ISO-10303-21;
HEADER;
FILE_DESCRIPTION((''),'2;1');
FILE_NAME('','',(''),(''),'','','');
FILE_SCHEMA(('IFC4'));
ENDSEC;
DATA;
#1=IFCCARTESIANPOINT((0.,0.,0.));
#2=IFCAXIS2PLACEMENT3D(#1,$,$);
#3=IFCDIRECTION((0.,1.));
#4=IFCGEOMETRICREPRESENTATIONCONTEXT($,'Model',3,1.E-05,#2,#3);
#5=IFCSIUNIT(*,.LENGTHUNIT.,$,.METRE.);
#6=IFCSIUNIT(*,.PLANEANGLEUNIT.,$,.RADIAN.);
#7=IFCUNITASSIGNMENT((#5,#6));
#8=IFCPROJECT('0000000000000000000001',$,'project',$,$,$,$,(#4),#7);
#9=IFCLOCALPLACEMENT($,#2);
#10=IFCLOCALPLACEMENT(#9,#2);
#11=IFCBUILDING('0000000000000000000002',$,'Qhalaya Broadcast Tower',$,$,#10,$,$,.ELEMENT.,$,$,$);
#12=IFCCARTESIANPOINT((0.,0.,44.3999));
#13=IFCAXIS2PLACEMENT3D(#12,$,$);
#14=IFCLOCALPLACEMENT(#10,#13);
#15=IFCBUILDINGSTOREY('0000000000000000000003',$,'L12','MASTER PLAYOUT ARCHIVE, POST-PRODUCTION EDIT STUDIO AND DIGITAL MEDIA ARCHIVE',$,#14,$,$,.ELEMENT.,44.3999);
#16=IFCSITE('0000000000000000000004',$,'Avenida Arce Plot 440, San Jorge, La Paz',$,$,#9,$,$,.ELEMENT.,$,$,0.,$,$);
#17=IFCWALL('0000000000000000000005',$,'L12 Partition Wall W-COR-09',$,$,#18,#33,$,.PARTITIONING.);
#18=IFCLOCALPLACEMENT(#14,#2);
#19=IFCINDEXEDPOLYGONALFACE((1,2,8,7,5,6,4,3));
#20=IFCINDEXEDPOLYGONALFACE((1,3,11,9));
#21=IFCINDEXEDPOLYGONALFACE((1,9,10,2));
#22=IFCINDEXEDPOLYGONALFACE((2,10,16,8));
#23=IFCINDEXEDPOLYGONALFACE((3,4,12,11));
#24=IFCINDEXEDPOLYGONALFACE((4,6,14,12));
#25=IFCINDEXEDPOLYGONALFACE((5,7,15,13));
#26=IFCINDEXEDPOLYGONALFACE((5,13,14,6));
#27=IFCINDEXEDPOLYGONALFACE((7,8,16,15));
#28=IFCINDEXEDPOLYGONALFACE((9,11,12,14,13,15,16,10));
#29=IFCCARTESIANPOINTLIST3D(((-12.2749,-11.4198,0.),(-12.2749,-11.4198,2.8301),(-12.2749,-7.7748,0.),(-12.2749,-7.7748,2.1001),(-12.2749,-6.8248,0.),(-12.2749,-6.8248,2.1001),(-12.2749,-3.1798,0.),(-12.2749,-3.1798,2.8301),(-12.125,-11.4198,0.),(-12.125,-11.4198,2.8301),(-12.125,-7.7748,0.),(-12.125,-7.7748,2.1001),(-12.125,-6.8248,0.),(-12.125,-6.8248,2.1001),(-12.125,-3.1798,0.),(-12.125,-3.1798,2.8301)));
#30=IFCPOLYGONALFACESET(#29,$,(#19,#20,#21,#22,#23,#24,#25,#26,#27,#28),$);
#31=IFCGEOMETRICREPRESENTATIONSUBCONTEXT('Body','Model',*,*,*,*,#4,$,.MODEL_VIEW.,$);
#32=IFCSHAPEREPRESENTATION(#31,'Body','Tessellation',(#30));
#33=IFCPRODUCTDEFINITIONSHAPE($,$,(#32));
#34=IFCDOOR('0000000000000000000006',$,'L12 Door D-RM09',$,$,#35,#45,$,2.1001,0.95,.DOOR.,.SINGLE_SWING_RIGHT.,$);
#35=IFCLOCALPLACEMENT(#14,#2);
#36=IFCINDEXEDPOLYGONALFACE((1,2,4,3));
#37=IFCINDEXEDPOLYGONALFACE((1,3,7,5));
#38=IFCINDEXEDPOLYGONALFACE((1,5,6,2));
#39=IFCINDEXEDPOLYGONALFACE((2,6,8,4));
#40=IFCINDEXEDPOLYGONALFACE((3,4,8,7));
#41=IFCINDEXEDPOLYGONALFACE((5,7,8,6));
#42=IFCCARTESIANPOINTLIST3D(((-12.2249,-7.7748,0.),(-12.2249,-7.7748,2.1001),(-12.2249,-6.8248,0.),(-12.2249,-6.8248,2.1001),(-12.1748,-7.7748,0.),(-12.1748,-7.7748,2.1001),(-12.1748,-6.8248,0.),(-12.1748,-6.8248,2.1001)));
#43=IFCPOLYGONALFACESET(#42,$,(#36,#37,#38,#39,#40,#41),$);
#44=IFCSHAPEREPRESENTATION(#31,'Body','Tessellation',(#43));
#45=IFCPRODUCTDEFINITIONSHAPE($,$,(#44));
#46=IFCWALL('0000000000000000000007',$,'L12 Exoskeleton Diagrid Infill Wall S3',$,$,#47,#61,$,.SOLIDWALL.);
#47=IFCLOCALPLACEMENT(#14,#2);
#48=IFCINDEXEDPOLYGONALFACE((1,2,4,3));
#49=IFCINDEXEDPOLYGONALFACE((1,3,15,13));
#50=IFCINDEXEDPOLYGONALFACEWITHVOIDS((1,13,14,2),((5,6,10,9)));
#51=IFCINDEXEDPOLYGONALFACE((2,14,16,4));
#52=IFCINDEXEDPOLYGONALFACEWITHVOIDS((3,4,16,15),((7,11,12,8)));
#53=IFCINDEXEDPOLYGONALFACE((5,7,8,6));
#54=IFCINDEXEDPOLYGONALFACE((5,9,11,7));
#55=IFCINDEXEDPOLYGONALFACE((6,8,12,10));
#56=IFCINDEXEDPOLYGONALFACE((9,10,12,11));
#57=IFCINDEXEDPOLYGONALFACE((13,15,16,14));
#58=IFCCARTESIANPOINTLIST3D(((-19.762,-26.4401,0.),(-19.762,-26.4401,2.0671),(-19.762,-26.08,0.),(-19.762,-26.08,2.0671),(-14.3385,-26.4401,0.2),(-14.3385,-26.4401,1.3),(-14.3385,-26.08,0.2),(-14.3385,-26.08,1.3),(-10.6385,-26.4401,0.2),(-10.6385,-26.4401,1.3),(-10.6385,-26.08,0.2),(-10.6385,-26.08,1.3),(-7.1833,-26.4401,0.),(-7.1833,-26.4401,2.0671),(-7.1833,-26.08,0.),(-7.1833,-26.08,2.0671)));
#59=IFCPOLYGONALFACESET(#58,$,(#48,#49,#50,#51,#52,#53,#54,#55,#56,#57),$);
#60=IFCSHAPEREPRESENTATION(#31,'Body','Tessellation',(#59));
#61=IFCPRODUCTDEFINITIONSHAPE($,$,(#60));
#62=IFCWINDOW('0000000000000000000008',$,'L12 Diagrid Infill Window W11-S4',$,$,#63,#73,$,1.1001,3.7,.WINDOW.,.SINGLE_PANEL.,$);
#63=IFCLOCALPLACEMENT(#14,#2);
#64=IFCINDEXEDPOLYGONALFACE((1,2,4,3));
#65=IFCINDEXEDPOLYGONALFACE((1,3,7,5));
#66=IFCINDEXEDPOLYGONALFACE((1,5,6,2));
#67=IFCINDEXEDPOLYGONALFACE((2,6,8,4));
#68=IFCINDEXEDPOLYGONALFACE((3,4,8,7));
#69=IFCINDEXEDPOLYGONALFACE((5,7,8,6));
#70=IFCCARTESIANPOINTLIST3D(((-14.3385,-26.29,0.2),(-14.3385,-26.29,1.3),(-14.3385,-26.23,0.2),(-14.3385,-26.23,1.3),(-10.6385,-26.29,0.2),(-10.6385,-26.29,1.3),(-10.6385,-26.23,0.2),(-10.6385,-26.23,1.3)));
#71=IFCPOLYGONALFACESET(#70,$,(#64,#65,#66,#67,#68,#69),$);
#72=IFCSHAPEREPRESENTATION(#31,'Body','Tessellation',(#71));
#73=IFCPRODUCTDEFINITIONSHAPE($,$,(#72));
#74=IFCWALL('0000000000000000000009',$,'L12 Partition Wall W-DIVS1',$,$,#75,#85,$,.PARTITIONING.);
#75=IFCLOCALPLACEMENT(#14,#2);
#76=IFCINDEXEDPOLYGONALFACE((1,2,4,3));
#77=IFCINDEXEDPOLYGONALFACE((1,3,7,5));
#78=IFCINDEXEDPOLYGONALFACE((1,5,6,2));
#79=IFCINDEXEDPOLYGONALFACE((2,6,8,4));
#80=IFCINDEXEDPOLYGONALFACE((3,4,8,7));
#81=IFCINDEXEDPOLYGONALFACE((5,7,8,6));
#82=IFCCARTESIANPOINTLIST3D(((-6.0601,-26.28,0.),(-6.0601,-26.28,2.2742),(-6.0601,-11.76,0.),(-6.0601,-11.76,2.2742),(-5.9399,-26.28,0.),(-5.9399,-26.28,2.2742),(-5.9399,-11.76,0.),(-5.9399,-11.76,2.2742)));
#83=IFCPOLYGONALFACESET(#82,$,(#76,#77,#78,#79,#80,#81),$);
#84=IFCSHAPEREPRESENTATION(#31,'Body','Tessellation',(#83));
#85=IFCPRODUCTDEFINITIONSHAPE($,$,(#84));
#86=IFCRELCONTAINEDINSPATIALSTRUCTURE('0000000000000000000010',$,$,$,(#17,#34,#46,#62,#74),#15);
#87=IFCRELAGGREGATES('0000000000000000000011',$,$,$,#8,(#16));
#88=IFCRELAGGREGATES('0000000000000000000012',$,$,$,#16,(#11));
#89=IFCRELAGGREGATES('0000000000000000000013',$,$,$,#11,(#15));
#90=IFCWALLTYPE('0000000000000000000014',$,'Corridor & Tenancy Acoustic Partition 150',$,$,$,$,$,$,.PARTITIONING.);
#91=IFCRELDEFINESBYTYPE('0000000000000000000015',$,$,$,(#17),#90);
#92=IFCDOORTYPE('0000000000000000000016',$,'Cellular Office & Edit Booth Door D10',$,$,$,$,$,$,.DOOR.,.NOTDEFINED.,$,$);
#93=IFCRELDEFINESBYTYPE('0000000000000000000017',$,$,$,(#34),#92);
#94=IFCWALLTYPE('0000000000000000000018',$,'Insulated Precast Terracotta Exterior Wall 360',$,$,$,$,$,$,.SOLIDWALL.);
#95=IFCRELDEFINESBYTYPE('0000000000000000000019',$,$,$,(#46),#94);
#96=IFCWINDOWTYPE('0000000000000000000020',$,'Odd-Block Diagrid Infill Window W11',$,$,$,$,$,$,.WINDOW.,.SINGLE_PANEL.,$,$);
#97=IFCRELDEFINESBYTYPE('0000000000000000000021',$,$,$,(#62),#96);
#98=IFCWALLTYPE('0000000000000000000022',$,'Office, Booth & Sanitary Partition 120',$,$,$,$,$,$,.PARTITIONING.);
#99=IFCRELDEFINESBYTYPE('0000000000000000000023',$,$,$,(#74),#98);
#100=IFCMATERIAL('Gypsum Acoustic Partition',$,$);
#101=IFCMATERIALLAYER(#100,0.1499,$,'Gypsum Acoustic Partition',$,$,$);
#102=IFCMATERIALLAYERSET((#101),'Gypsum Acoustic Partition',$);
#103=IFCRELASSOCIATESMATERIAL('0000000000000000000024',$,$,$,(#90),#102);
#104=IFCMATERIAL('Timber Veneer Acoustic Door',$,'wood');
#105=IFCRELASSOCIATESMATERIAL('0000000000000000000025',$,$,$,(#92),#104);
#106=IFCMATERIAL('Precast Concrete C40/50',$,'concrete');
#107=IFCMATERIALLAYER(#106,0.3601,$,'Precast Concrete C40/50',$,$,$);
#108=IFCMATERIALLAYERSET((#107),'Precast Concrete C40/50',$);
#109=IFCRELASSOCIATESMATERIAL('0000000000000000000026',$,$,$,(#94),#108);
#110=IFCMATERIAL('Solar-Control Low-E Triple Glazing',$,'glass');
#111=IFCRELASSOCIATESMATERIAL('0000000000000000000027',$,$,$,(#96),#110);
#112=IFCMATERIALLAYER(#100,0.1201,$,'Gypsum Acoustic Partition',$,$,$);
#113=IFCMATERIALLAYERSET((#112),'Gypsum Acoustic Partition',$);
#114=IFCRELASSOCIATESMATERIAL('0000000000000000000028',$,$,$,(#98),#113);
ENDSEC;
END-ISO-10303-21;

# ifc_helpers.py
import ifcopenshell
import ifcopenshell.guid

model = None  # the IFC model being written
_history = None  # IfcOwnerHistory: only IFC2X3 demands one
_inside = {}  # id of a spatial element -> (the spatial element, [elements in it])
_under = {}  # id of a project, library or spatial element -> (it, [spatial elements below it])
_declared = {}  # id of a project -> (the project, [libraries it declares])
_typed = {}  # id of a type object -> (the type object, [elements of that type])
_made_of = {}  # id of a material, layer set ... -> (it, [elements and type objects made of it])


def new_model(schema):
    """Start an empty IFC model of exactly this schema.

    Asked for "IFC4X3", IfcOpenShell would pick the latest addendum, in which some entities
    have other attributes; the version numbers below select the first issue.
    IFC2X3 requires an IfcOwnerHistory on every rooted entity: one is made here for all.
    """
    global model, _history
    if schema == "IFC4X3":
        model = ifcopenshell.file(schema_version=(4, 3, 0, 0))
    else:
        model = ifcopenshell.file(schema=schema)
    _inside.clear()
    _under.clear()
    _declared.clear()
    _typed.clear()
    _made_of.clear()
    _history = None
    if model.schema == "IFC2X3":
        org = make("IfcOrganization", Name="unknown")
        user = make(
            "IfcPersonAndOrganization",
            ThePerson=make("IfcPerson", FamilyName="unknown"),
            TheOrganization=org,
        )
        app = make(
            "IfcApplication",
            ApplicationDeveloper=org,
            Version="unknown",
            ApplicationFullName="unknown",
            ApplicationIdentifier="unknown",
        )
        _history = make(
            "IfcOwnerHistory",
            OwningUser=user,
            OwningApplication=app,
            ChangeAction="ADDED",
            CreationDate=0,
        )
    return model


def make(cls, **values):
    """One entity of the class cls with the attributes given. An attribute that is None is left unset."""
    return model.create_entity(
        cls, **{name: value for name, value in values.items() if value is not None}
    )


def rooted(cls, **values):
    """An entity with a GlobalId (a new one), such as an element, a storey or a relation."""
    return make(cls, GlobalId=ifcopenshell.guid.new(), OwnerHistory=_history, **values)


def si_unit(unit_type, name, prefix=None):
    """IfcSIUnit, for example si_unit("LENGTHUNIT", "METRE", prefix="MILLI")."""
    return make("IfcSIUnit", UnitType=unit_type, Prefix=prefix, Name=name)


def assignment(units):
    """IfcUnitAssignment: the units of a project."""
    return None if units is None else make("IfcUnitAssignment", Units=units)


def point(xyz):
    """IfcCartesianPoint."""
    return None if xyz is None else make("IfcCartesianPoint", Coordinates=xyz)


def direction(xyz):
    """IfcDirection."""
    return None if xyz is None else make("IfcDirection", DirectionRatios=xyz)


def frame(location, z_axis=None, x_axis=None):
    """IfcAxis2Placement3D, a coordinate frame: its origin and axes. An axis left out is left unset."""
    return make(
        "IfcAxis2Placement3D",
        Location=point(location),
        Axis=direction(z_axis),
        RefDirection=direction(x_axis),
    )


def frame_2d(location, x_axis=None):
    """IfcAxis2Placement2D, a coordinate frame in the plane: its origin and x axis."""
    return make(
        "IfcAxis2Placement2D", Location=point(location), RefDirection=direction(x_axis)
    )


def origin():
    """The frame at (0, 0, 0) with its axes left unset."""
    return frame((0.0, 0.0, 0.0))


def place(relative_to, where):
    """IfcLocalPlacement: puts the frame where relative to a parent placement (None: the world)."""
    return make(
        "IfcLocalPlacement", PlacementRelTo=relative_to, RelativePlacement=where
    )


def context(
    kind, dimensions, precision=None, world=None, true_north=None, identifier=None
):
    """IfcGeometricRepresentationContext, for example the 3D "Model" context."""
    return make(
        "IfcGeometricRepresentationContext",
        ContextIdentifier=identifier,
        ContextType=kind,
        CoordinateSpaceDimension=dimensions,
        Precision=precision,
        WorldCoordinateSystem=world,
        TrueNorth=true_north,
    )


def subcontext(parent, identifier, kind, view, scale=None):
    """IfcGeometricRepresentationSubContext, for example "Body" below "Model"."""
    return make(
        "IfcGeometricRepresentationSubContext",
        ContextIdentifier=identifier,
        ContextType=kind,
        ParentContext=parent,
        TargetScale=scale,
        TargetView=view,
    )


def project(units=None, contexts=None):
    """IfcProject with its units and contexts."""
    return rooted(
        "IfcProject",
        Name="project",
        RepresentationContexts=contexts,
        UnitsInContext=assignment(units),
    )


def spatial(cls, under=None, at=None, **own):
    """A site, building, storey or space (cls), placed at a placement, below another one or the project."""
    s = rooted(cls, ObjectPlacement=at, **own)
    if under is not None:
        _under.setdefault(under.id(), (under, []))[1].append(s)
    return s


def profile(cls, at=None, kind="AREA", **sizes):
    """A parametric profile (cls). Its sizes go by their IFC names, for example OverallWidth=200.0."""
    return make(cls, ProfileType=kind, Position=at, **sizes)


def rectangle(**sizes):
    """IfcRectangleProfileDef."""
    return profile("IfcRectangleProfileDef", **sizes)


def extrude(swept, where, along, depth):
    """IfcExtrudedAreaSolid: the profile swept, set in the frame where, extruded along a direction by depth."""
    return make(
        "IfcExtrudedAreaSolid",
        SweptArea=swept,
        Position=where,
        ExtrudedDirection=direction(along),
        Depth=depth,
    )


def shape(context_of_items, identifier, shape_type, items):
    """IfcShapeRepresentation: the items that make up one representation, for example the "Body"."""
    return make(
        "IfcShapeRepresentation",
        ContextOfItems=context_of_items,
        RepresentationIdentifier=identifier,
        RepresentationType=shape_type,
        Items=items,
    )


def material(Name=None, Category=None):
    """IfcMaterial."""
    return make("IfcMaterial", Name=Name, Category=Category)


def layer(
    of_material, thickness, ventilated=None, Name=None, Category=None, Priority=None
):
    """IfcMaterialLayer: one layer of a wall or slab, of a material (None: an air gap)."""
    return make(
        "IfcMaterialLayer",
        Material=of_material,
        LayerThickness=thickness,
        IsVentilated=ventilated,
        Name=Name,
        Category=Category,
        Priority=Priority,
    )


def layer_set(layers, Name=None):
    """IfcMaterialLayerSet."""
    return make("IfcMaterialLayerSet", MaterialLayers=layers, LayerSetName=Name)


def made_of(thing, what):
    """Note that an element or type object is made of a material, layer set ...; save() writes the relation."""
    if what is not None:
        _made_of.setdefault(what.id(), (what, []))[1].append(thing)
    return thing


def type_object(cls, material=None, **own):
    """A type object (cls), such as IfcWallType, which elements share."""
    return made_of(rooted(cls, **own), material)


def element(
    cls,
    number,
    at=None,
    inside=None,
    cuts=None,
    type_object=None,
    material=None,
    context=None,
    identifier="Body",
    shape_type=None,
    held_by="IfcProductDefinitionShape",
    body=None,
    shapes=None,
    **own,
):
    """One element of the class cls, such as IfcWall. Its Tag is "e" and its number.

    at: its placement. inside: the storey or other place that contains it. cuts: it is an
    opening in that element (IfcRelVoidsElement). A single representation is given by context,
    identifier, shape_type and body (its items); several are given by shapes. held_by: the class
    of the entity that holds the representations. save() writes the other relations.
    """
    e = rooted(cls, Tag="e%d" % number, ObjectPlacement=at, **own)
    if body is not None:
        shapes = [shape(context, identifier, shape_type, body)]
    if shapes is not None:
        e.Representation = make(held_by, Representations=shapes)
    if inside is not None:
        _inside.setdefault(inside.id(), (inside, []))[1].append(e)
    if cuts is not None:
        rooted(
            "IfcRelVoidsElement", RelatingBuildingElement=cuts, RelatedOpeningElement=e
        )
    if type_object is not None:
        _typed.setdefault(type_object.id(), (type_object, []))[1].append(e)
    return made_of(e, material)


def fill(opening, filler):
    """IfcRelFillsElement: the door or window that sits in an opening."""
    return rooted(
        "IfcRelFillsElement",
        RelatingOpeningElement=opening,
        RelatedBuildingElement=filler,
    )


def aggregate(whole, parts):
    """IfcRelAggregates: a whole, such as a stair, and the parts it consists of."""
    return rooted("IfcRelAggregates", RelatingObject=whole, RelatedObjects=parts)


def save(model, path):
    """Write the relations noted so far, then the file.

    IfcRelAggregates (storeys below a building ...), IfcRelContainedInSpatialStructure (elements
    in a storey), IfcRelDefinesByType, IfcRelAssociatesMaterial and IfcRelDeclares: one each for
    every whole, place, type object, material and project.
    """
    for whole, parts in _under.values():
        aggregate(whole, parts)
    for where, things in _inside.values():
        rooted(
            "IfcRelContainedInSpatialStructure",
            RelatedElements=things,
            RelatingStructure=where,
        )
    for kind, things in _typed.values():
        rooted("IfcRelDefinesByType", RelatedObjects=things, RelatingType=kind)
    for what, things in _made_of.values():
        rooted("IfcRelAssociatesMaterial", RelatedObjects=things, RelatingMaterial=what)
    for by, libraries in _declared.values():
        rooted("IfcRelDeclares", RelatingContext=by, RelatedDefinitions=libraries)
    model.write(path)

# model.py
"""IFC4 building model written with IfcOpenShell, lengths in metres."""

from ifc_helpers import new_model, si_unit, direction, frame, frame_2d, origin, place, context, subcontext, project, spatial, rectangle, extrude, material, layer, layer_set, type_object, element, fill, save


model = new_model("IFC4")

# Units and contexts
model_context = context("Model", 3, precision=1e-05, world=origin(), true_north=direction((0.0, 1.0)))
body_context = subcontext(model_context, "Body", "Model", "MODEL_VIEW")
ifc_project = project(units=[si_unit("LENGTHUNIT", "METRE"), si_unit("PLANEANGLEUNIT", "RADIAN")], contexts=[model_context])

# Site, building, storey
site_placement = place(None, origin())
site = spatial("IfcSite", under=ifc_project, at=site_placement, Name="Avenida Arce Plot 440, San Jorge, La Paz", CompositionType="ELEMENT", RefElevation=0.0)
building_placement = place(site_placement, origin())
building = spatial("IfcBuilding", under=site, at=building_placement, Name="Qhalaya Broadcast Tower", CompositionType="ELEMENT")
storey_placement = place(building_placement, frame((0.0, 0.0, 44.3999)))
storey = spatial("IfcBuildingStorey", under=building, at=storey_placement, Name="L12", Description="MASTER PLAYOUT ARCHIVE, POST-PRODUCTION EDIT STUDIO AND DIGITAL MEDIA ARCHIVE", CompositionType="ELEMENT", Elevation=44.3999)

# Wall, opening, door
ifc_material_1 = material(Name="Gypsum Acoustic Partition")
ifc_layer_1 = layer(ifc_material_1, 0.1499, Name="Gypsum Acoustic Partition")
ifc_layer_set_1 = layer_set([ifc_layer_1], Name="Gypsum Acoustic Partition")
wall_type_1 = type_object("IfcWallType", Name="Corridor & Tenancy Acoustic Partition 150", PredefinedType="PARTITIONING", material=ifc_layer_set_1)
ifc_material_2 = material(Name="Timber Veneer Acoustic Door", Category="wood")
door_type = type_object("IfcDoorType", Name="Cellular Office & Edit Booth Door D10", OperationType="NOTDEFINED", PredefinedType="DOOR", material=ifc_material_2)
wall_1_placement = place(storey_placement, frame((-12.2, -11.4199, 0.0), z_axis=(0.0, 0.0, 1.0), x_axis=(0.0, 1.0, 0.0)))
wall_1 = element("IfcWall", 1, at=wall_1_placement, inside=storey, type_object=wall_type_1, Name="L12 Partition Wall W-COR-09", PredefinedType="PARTITIONING", context=body_context, shape_type="SweptSolid", body=[
    extrude(rectangle(XDim=8.24, YDim=0.1499, at=frame_2d((4.1201, 0.0))), origin(), (0.0, 0.0, 1.0), 2.8301),
])
opening_1_placement = place(wall_1_placement, frame((3.645, 0.0, 0.0)))
opening_1 = element("IfcOpeningElement", 2, at=opening_1_placement, cuts=wall_1, PredefinedType="OPENING", context=body_context, shape_type="SweptSolid", body=[
    extrude(rectangle(XDim=0.95, YDim=2.1001, at=frame_2d((0.4751, 1.05))), frame((0.0, 0.0869, 0.0), z_axis=(0.0, -1.0, 0.0), x_axis=(1.0, 0.0, 0.0)), (0.0, 0.0, 1.0), 0.1738),
])
door_1_placement = place(opening_1_placement, origin())
door_1 = element("IfcDoor", 3, at=door_1_placement, inside=storey, type_object=door_type, Name="L12 Door D-RM09", OperationType="SINGLE_SWING_RIGHT", OverallHeight=2.1001, OverallWidth=0.95, PredefinedType="DOOR", context=body_context, shape_type="SweptSolid", body=[
    extrude(rectangle(XDim=0.95, YDim=2.1001, at=frame_2d((0.4751, 1.05))), frame((0.0, 0.0249, 0.0), z_axis=(0.0, -1.0, 0.0), x_axis=(1.0, 0.0, 0.0)), (0.0, 0.0, 1.0), 0.05),
])
fill(opening_1, door_1)

# Wall, opening, window
ifc_material_3 = material(Name="Precast Concrete C40/50", Category="concrete")
ifc_layer_2 = layer(ifc_material_3, 0.3601, Name="Precast Concrete C40/50")
ifc_layer_set_2 = layer_set([ifc_layer_2], Name="Precast Concrete C40/50")
wall_type_2 = type_object("IfcWallType", Name="Insulated Precast Terracotta Exterior Wall 360", PredefinedType="SOLIDWALL", material=ifc_layer_set_2)
wall_2_placement = place(storey_placement, frame((-7.1833, -26.26, 0.0), z_axis=(0.0, 0.0, 1.0), x_axis=(-1.0, 0.0, 0.0)))
wall_2 = element("IfcWall", 4, at=wall_2_placement, inside=storey, type_object=wall_type_2, Name="L12 Exoskeleton Diagrid Infill Wall S3", PredefinedType="SOLIDWALL", context=body_context, shape_type="SweptSolid", body=[
    extrude(rectangle(XDim=12.5786, YDim=0.3601, at=frame_2d((6.2893, 0.0))), origin(), (0.0, 0.0, 1.0), 2.0671),
])
opening_2_placement = place(wall_2_placement, frame((3.4551, 0.0, 0.2)))
opening_2 = element("IfcOpeningElement", 5, at=opening_2_placement, cuts=wall_2, PredefinedType="OPENING", context=body_context, shape_type="SweptSolid", body=[
    extrude(rectangle(XDim=3.7, YDim=1.1001, at=frame_2d((1.8501, 0.55))), frame((0.0, 0.1921, 0.0), z_axis=(0.0, -1.0, 0.0), x_axis=(1.0, 0.0, 0.0)), (0.0, 0.0, 1.0), 0.384),
])
ifc_material_4 = material(Name="Solar-Control Low-E Triple Glazing", Category="glass")
window_type = type_object("IfcWindowType", Name="Odd-Block Diagrid Infill Window W11", PartitioningType="SINGLE_PANEL", PredefinedType="WINDOW", material=ifc_material_4)
window_placement = place(opening_2_placement, origin())
window = element("IfcWindow", 6, at=window_placement, inside=storey, type_object=window_type, Name="L12 Diagrid Infill Window W11-S4", OverallHeight=1.1001, OverallWidth=3.7, PartitioningType="SINGLE_PANEL", PredefinedType="WINDOW", context=body_context, shape_type="SweptSolid", body=[
    extrude(rectangle(XDim=3.7, YDim=1.1001, at=frame_2d((1.8501, 0.55))), frame((0.0, 0.03, 0.0), z_axis=(0.0, -1.0, 0.0), x_axis=(1.0, 0.0, 0.0)), (0.0, 0.0, 1.0), 0.0601),
])
fill(opening_2, window)

# Wall
ifc_layer_3 = layer(ifc_material_1, 0.1201, Name="Gypsum Acoustic Partition")
ifc_layer_set_3 = layer_set([ifc_layer_3], Name="Gypsum Acoustic Partition")
wall_type_3 = type_object("IfcWallType", Name="Office, Booth & Sanitary Partition 120", PredefinedType="PARTITIONING", material=ifc_layer_set_3)
wall_3_placement = place(storey_placement, frame((-6.0, -26.28, 0.0), z_axis=(0.0, 0.0, 1.0), x_axis=(0.0, 1.0, 0.0)))
element("IfcWall", 7, at=wall_3_placement, inside=storey, type_object=wall_type_3, Name="L12 Partition Wall W-DIVS1", PredefinedType="PARTITIONING", context=body_context, shape_type="SweptSolid", body=[
    extrude(rectangle(XDim=14.52, YDim=0.1201, at=frame_2d((7.26, 0.0))), origin(), (0.0, 0.0, 1.0), 2.2742),
])

save(model, "model.ifc")
